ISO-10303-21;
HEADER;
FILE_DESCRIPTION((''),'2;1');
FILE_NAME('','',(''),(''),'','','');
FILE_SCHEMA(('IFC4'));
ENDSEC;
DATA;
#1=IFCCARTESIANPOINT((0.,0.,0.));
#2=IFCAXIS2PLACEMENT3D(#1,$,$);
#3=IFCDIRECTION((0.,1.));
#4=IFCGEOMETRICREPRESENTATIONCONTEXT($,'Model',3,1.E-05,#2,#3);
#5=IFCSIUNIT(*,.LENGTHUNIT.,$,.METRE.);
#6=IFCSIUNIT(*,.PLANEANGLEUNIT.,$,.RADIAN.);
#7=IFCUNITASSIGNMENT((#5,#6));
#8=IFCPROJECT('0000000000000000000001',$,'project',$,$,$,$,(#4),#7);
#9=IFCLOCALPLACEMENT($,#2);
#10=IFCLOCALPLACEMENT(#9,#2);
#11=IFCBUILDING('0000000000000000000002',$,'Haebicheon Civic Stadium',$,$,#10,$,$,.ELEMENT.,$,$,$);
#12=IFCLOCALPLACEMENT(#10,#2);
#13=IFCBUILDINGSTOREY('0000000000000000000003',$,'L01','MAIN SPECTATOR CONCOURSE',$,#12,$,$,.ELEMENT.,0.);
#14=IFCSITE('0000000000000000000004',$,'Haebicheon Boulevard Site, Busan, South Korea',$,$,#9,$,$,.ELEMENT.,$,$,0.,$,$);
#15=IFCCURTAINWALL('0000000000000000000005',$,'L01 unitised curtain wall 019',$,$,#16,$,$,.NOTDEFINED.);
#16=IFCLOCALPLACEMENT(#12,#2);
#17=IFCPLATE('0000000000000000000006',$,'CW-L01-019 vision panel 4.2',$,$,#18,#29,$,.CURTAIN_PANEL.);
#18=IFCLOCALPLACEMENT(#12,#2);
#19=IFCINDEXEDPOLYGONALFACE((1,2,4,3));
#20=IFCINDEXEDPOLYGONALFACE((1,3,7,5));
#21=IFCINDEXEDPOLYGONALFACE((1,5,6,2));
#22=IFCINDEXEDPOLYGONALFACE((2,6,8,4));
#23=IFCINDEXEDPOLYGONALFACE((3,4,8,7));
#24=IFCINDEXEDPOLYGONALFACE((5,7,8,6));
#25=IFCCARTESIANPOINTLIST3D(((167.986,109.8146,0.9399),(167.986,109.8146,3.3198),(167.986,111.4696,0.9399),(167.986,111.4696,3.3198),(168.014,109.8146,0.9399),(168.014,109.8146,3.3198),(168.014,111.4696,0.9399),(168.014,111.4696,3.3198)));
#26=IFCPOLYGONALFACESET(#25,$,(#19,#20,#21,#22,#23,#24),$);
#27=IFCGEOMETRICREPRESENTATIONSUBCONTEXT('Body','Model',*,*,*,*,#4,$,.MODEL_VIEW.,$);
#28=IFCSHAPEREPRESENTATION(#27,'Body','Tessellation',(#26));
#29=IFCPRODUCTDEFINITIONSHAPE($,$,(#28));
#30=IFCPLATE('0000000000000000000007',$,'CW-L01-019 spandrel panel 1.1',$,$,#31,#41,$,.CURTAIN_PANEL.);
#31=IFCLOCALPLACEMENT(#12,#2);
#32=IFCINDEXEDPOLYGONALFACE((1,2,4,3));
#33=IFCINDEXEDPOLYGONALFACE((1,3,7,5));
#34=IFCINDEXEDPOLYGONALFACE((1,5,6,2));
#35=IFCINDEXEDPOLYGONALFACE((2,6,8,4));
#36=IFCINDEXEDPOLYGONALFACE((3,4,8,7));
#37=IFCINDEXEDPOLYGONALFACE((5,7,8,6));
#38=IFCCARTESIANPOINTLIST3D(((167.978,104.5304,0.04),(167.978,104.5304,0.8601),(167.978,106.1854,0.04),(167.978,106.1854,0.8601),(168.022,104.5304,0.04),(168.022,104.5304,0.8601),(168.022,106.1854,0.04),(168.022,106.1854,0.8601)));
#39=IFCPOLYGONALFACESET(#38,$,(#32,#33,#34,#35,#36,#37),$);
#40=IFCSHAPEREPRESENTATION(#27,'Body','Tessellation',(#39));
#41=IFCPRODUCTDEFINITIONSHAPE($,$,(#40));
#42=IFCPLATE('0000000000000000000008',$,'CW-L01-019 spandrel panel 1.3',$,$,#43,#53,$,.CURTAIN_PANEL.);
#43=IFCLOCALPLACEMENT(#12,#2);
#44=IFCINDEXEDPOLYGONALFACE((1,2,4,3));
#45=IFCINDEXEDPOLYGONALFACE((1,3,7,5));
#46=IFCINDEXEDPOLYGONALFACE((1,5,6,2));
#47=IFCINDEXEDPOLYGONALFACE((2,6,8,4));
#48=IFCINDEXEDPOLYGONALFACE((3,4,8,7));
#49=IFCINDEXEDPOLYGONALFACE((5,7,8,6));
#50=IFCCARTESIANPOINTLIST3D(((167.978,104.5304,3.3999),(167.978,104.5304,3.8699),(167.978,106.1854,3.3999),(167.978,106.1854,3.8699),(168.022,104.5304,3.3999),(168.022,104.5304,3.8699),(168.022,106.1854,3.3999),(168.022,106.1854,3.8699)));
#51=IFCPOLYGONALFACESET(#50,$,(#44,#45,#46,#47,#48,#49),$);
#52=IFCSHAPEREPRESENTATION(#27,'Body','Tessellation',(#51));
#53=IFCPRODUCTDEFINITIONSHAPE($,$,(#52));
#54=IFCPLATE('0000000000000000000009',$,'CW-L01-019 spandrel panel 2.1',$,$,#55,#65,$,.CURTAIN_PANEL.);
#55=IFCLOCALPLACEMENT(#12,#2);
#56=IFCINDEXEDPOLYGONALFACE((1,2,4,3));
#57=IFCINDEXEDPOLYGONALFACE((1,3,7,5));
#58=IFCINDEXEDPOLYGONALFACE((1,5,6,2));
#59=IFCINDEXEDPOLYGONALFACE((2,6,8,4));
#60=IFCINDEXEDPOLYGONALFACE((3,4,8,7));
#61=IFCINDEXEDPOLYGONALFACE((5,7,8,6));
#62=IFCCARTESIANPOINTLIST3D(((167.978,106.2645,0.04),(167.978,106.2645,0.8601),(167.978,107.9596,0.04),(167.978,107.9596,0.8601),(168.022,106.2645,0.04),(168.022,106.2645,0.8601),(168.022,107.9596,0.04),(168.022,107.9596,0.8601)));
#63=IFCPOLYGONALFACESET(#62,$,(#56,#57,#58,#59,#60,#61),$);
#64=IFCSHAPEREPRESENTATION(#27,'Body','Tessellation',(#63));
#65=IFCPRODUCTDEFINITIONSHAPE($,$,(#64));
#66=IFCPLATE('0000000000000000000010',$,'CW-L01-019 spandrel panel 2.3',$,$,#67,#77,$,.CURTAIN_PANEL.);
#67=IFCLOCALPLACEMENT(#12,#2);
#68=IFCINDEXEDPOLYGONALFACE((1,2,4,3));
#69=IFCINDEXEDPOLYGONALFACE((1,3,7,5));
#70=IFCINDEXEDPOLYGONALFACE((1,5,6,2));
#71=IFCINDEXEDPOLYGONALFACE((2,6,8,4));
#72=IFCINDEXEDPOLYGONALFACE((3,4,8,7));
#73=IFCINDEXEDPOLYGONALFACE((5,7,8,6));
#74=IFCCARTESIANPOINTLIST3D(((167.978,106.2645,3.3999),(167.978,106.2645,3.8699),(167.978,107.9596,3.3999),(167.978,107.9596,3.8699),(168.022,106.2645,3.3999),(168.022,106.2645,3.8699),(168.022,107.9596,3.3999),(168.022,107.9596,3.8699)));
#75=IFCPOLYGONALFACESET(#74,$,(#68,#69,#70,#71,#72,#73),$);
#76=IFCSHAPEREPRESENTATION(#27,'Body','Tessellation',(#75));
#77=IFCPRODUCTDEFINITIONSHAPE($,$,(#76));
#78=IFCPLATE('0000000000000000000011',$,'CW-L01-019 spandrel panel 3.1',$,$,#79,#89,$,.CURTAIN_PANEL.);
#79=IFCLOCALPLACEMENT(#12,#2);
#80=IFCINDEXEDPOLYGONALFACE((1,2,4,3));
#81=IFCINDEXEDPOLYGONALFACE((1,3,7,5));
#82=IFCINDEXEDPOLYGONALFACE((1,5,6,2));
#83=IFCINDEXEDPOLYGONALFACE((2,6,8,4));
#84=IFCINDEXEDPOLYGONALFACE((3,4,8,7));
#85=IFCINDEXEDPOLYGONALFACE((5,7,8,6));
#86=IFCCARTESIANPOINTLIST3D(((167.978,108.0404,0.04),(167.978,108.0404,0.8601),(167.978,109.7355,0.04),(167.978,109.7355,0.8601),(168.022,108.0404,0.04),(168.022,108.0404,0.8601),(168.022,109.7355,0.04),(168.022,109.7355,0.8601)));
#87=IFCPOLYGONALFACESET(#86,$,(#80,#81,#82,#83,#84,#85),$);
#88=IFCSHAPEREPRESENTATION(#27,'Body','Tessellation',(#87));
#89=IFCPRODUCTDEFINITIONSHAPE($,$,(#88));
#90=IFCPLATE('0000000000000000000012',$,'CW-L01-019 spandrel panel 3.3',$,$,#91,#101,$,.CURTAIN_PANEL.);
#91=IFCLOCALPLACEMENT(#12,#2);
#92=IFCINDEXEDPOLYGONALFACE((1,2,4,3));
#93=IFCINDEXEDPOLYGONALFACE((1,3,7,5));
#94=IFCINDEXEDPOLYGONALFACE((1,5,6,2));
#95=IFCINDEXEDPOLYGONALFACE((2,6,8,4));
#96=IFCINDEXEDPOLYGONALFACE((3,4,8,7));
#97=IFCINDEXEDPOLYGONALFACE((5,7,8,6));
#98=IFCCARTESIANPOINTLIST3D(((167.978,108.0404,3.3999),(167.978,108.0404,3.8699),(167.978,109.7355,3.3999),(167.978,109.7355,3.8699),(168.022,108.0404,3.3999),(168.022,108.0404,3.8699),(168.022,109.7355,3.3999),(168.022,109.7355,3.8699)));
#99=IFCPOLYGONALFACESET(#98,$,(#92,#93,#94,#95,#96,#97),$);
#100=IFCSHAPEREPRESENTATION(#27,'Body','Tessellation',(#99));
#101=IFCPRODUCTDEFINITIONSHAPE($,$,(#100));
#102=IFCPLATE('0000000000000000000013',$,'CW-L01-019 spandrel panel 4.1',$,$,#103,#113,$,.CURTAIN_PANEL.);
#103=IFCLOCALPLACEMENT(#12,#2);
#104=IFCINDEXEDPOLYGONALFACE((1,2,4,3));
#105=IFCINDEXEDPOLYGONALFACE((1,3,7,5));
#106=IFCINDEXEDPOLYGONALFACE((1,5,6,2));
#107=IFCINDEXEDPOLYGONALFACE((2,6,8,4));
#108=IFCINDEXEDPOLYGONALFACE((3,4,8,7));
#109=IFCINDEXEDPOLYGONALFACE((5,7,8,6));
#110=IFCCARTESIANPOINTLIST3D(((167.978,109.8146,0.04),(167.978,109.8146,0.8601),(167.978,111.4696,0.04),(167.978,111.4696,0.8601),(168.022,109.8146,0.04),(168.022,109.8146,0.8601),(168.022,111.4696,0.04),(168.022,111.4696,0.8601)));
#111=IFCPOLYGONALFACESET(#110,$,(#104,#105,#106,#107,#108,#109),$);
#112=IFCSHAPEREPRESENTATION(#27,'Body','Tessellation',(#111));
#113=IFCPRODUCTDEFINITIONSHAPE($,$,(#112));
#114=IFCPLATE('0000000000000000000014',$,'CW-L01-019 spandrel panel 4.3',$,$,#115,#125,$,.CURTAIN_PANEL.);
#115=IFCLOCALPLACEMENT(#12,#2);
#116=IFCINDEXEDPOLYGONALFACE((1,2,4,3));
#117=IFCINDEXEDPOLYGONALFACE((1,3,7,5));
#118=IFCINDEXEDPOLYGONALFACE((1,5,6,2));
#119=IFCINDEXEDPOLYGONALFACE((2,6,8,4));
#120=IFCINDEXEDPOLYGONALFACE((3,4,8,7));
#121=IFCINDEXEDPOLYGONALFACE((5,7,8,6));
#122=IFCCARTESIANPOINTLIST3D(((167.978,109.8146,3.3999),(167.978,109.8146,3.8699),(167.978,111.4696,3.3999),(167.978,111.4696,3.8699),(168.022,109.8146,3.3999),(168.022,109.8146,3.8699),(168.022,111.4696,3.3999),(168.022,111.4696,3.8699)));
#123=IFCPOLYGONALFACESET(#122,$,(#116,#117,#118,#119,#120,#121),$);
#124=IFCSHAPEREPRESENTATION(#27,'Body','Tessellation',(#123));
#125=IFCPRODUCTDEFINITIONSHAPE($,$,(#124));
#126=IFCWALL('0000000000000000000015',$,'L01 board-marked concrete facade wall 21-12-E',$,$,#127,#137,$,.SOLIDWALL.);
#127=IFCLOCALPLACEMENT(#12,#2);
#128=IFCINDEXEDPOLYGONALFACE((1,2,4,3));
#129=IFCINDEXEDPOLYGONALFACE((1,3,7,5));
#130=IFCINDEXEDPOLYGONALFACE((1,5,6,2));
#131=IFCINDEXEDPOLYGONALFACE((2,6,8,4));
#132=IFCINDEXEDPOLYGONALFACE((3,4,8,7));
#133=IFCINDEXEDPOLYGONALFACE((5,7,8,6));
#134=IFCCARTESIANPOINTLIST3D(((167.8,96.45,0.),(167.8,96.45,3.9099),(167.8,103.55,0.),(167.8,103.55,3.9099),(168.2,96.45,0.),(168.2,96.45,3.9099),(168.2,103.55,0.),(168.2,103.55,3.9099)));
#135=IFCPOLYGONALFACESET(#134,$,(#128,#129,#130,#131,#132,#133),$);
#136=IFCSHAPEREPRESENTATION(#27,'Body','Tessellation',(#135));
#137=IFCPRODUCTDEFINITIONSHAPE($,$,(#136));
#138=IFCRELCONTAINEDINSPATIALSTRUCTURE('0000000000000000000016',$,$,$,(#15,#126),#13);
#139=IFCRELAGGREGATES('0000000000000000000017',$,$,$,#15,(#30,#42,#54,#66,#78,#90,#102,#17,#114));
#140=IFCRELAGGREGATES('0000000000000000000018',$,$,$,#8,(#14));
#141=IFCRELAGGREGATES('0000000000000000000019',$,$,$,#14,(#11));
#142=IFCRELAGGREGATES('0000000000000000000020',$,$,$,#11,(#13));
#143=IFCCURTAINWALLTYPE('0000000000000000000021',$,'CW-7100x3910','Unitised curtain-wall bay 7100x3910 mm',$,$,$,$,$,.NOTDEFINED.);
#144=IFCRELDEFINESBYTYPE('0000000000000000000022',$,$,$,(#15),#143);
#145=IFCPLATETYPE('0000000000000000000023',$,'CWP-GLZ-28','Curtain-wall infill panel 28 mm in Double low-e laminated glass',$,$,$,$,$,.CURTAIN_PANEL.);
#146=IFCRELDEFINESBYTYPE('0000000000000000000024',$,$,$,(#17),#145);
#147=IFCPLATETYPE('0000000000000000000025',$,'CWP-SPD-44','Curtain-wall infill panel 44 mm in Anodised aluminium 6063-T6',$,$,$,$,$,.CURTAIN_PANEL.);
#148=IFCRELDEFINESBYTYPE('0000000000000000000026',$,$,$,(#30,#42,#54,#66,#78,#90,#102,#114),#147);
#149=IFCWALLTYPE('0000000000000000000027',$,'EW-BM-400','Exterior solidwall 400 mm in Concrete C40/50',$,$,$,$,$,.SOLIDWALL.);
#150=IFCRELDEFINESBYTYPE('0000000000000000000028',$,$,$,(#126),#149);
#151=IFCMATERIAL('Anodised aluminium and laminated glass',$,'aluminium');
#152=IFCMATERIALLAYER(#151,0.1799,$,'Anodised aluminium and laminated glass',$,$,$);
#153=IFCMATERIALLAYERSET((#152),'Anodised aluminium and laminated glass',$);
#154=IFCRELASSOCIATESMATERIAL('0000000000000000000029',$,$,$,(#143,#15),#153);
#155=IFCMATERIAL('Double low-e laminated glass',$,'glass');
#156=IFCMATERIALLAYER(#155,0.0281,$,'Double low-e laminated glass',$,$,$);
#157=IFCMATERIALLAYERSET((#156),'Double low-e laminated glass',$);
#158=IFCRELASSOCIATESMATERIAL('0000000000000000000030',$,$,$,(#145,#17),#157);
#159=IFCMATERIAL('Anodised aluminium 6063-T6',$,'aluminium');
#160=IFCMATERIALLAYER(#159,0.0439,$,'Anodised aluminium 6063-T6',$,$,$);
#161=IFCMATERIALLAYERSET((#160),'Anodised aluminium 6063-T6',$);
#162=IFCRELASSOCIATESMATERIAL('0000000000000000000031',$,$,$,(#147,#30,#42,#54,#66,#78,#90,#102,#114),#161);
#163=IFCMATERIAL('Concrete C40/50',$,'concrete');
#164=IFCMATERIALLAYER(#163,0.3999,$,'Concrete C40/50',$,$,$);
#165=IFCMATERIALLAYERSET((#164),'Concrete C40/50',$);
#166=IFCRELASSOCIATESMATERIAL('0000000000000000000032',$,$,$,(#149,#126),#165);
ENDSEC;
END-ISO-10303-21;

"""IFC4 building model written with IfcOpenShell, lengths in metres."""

from ifc_helpers import new_model, si_unit, direction, frame, frame_2d, origin, origin_2d, place, context, subcontext, project, spatial, rectangle, extrude, material, layer, layer_set, type_object, element, aggregate, save


model = new_model("IFC4")

# Units and contexts
model_context = context("Model", 3, precision=1e-05, world=origin(), true_north=direction((0.0, 1.0)))
body_context = subcontext(model_context, "Body", "Model", "MODEL_VIEW")
ifc_project = project(units=[si_unit("LENGTHUNIT", "METRE"), si_unit("PLANEANGLEUNIT", "RADIAN")], contexts=[model_context])

# Site, building, storey
site_placement = place(None, origin())
site = spatial("IfcSite", under=ifc_project, at=site_placement, Name="Haebicheon Boulevard Site, Busan, South Korea", CompositionType="ELEMENT", RefElevation=0.0)
building_placement = place(site_placement, origin())
building = spatial("IfcBuilding", under=site, at=building_placement, Name="Haebicheon Civic Stadium", CompositionType="ELEMENT")
storey_placement = place(building_placement, origin())
storey = spatial("IfcBuildingStorey", under=building, at=storey_placement, Name="L01", Description="MAIN SPECTATOR CONCOURSE", CompositionType="ELEMENT", Elevation=0.0)

# Curtain wall
ifc_material_1 = material(Name="Anodised aluminium and laminated glass", Category="aluminium")
ifc_layer_1 = layer(ifc_material_1, 0.1799, Name="Anodised aluminium and laminated glass")
ifc_layer_set_1 = layer_set([ifc_layer_1], Name="Anodised aluminium and laminated glass")
curtain_wall_type = type_object("IfcCurtainWallType", Name="CW-7100x3910", Description="Unitised curtain-wall bay 7100x3910 mm", PredefinedType="NOTDEFINED", material=ifc_layer_set_1)
curtain_wall_placement = place(storey_placement, origin())
curtain_wall = element("IfcCurtainWall", 1, at=curtain_wall_placement, inside=storey, type_object=curtain_wall_type, material=ifc_layer_set_1, Name="L01 unitised curtain wall 019", PredefinedType="NOTDEFINED")

# Plates
ifc_material_2 = material(Name="Double low-e laminated glass", Category="glass")
ifc_layer_2 = layer(ifc_material_2, 0.0281, Name="Double low-e laminated glass")
ifc_layer_set_2 = layer_set([ifc_layer_2], Name="Double low-e laminated glass")
plate_type_1 = type_object("IfcPlateType", Name="CWP-GLZ-28", Description="Curtain-wall infill panel 28 mm in Double low-e laminated glass", PredefinedType="CURTAIN_PANEL", material=ifc_layer_set_2)
plate_1_placement = place(storey_placement, frame((168.0, 110.6421, 0.9399), z_axis=(0.0, 0.0, 1.0), x_axis=(0.0, 1.0, 0.0)))
plate_1 = element("IfcPlate", 2, at=plate_1_placement, type_object=plate_type_1, material=ifc_layer_set_2, Name="CW-L01-019 vision panel 4.2", PredefinedType="CURTAIN_PANEL", context=body_context, shape_type="SweptSolid", body=[
    extrude(rectangle(XDim=1.655, YDim=0.0281, at=origin_2d()), origin(), (0.0, 0.0, 1.0), 2.3799),
])
ifc_material_3 = material(Name="Anodised aluminium 6063-T6", Category="aluminium")
ifc_layer_3 = layer(ifc_material_3, 0.0439, Name="Anodised aluminium 6063-T6")
ifc_layer_set_3 = layer_set([ifc_layer_3], Name="Anodised aluminium 6063-T6")
plate_type_2 = type_object("IfcPlateType", Name="CWP-SPD-44", Description="Curtain-wall infill panel 44 mm in Anodised aluminium 6063-T6", PredefinedType="CURTAIN_PANEL", material=ifc_layer_set_3)
plate_2_placement = place(storey_placement, frame((168.0, 105.3579, 0.04), z_axis=(0.0, 0.0, 1.0), x_axis=(0.0, 1.0, 0.0)))
plate_2 = element("IfcPlate", 3, at=plate_2_placement, type_object=plate_type_2, material=ifc_layer_set_3, Name="CW-L01-019 spandrel panel 1.1", PredefinedType="CURTAIN_PANEL", context=body_context, shape_type="SweptSolid", body=[
    extrude(rectangle(XDim=1.655, YDim=0.0439, at=origin_2d()), origin(), (0.0, 0.0, 1.0), 0.8201),
])
plate_3_placement = place(storey_placement, frame((168.0, 105.3579, 3.3999), z_axis=(0.0, 0.0, 1.0), x_axis=(0.0, 1.0, 0.0)))
plate_3 = element("IfcPlate", 4, at=plate_3_placement, type_object=plate_type_2, material=ifc_layer_set_3, Name="CW-L01-019 spandrel panel 1.3", PredefinedType="CURTAIN_PANEL", context=body_context, shape_type="SweptSolid", body=[
    extrude(rectangle(XDim=1.655, YDim=0.0439, at=origin_2d()), origin(), (0.0, 0.0, 1.0), 0.47),
])
plate_4_placement = place(storey_placement, frame((168.0, 107.1121, 0.04), z_axis=(0.0, 0.0, 1.0), x_axis=(0.0, 1.0, 0.0)))
plate_4 = element("IfcPlate", 5, at=plate_4_placement, type_object=plate_type_2, material=ifc_layer_set_3, Name="CW-L01-019 spandrel panel 2.1", PredefinedType="CURTAIN_PANEL", context=body_context, shape_type="SweptSolid", body=[
    extrude(rectangle(XDim=1.6951, YDim=0.0439, at=origin_2d()), origin(), (0.0, 0.0, 1.0), 0.8201),
])
plate_5_placement = place(storey_placement, frame((168.0, 107.1121, 3.3999), z_axis=(0.0, 0.0, 1.0), x_axis=(0.0, 1.0, 0.0)))
plate_5 = element("IfcPlate", 6, at=plate_5_placement, type_object=plate_type_2, material=ifc_layer_set_3, Name="CW-L01-019 spandrel panel 2.3", PredefinedType="CURTAIN_PANEL", context=body_context, shape_type="SweptSolid", body=[
    extrude(rectangle(XDim=1.6951, YDim=0.0439, at=origin_2d()), origin(), (0.0, 0.0, 1.0), 0.47),
])
plate_6_placement = place(storey_placement, frame((168.0, 108.8879, 0.04), z_axis=(0.0, 0.0, 1.0), x_axis=(0.0, 1.0, 0.0)))
plate_6 = element("IfcPlate", 7, at=plate_6_placement, type_object=plate_type_2, material=ifc_layer_set_3, Name="CW-L01-019 spandrel panel 3.1", PredefinedType="CURTAIN_PANEL", context=body_context, shape_type="SweptSolid", body=[
    extrude(rectangle(XDim=1.6951, YDim=0.0439, at=origin_2d()), origin(), (0.0, 0.0, 1.0), 0.8201),
])
plate_7_placement = place(storey_placement, frame((168.0, 108.8879, 3.3999), z_axis=(0.0, 0.0, 1.0), x_axis=(0.0, 1.0, 0.0)))
plate_7 = element("IfcPlate", 8, at=plate_7_placement, type_object=plate_type_2, material=ifc_layer_set_3, Name="CW-L01-019 spandrel panel 3.3", PredefinedType="CURTAIN_PANEL", context=body_context, shape_type="SweptSolid", body=[
    extrude(rectangle(XDim=1.6951, YDim=0.0439, at=origin_2d()), origin(), (0.0, 0.0, 1.0), 0.47),
])
plate_8_placement = place(storey_placement, frame((168.0, 110.6421, 0.04), z_axis=(0.0, 0.0, 1.0), x_axis=(0.0, 1.0, 0.0)))
plate_8 = element("IfcPlate", 9, at=plate_8_placement, type_object=plate_type_2, material=ifc_layer_set_3, Name="CW-L01-019 spandrel panel 4.1", PredefinedType="CURTAIN_PANEL", context=body_context, shape_type="SweptSolid", body=[
    extrude(rectangle(XDim=1.655, YDim=0.0439, at=origin_2d()), origin(), (0.0, 0.0, 1.0), 0.8201),
])
plate_9_placement = place(storey_placement, frame((168.0, 110.6421, 3.3999), z_axis=(0.0, 0.0, 1.0), x_axis=(0.0, 1.0, 0.0)))
plate_9 = element("IfcPlate", 10, at=plate_9_placement, type_object=plate_type_2, material=ifc_layer_set_3, Name="CW-L01-019 spandrel panel 4.3", PredefinedType="CURTAIN_PANEL", context=body_context, shape_type="SweptSolid", body=[
    extrude(rectangle(XDim=1.655, YDim=0.0439, at=origin_2d()), origin(), (0.0, 0.0, 1.0), 0.47),
])
aggregate(curtain_wall, [plate_2, plate_3, plate_4, plate_5, plate_6, plate_7, plate_8, plate_1, plate_9])

# Wall
ifc_material_4 = material(Name="Concrete C40/50", Category="concrete")
ifc_layer_4 = layer(ifc_material_4, 0.3999, Name="Concrete C40/50")
ifc_layer_set_4 = layer_set([ifc_layer_4], Name="Concrete C40/50")
wall_type = type_object("IfcWallType", Name="EW-BM-400", Description="Exterior solidwall 400 mm in Concrete C40/50", PredefinedType="SOLIDWALL", material=ifc_layer_set_4)
wall_placement = place(storey_placement, frame((168.0, 96.45, 0.0), z_axis=(0.0, 0.0, 1.0), x_axis=(0.0, 1.0, 0.0)))
element("IfcWall", 11, at=wall_placement, inside=storey, type_object=wall_type, material=ifc_layer_set_4, Name="L01 board-marked concrete facade wall 21-12-E", PredefinedType="SOLIDWALL", context=body_context, shape_type="SweptSolid", body=[
    extrude(rectangle(XDim=7.1001, YDim=0.3999, at=frame_2d((3.55, 0.0))), origin(), (0.0, 0.0, 1.0), 3.9099),
])

save(model, "model.ifc")
